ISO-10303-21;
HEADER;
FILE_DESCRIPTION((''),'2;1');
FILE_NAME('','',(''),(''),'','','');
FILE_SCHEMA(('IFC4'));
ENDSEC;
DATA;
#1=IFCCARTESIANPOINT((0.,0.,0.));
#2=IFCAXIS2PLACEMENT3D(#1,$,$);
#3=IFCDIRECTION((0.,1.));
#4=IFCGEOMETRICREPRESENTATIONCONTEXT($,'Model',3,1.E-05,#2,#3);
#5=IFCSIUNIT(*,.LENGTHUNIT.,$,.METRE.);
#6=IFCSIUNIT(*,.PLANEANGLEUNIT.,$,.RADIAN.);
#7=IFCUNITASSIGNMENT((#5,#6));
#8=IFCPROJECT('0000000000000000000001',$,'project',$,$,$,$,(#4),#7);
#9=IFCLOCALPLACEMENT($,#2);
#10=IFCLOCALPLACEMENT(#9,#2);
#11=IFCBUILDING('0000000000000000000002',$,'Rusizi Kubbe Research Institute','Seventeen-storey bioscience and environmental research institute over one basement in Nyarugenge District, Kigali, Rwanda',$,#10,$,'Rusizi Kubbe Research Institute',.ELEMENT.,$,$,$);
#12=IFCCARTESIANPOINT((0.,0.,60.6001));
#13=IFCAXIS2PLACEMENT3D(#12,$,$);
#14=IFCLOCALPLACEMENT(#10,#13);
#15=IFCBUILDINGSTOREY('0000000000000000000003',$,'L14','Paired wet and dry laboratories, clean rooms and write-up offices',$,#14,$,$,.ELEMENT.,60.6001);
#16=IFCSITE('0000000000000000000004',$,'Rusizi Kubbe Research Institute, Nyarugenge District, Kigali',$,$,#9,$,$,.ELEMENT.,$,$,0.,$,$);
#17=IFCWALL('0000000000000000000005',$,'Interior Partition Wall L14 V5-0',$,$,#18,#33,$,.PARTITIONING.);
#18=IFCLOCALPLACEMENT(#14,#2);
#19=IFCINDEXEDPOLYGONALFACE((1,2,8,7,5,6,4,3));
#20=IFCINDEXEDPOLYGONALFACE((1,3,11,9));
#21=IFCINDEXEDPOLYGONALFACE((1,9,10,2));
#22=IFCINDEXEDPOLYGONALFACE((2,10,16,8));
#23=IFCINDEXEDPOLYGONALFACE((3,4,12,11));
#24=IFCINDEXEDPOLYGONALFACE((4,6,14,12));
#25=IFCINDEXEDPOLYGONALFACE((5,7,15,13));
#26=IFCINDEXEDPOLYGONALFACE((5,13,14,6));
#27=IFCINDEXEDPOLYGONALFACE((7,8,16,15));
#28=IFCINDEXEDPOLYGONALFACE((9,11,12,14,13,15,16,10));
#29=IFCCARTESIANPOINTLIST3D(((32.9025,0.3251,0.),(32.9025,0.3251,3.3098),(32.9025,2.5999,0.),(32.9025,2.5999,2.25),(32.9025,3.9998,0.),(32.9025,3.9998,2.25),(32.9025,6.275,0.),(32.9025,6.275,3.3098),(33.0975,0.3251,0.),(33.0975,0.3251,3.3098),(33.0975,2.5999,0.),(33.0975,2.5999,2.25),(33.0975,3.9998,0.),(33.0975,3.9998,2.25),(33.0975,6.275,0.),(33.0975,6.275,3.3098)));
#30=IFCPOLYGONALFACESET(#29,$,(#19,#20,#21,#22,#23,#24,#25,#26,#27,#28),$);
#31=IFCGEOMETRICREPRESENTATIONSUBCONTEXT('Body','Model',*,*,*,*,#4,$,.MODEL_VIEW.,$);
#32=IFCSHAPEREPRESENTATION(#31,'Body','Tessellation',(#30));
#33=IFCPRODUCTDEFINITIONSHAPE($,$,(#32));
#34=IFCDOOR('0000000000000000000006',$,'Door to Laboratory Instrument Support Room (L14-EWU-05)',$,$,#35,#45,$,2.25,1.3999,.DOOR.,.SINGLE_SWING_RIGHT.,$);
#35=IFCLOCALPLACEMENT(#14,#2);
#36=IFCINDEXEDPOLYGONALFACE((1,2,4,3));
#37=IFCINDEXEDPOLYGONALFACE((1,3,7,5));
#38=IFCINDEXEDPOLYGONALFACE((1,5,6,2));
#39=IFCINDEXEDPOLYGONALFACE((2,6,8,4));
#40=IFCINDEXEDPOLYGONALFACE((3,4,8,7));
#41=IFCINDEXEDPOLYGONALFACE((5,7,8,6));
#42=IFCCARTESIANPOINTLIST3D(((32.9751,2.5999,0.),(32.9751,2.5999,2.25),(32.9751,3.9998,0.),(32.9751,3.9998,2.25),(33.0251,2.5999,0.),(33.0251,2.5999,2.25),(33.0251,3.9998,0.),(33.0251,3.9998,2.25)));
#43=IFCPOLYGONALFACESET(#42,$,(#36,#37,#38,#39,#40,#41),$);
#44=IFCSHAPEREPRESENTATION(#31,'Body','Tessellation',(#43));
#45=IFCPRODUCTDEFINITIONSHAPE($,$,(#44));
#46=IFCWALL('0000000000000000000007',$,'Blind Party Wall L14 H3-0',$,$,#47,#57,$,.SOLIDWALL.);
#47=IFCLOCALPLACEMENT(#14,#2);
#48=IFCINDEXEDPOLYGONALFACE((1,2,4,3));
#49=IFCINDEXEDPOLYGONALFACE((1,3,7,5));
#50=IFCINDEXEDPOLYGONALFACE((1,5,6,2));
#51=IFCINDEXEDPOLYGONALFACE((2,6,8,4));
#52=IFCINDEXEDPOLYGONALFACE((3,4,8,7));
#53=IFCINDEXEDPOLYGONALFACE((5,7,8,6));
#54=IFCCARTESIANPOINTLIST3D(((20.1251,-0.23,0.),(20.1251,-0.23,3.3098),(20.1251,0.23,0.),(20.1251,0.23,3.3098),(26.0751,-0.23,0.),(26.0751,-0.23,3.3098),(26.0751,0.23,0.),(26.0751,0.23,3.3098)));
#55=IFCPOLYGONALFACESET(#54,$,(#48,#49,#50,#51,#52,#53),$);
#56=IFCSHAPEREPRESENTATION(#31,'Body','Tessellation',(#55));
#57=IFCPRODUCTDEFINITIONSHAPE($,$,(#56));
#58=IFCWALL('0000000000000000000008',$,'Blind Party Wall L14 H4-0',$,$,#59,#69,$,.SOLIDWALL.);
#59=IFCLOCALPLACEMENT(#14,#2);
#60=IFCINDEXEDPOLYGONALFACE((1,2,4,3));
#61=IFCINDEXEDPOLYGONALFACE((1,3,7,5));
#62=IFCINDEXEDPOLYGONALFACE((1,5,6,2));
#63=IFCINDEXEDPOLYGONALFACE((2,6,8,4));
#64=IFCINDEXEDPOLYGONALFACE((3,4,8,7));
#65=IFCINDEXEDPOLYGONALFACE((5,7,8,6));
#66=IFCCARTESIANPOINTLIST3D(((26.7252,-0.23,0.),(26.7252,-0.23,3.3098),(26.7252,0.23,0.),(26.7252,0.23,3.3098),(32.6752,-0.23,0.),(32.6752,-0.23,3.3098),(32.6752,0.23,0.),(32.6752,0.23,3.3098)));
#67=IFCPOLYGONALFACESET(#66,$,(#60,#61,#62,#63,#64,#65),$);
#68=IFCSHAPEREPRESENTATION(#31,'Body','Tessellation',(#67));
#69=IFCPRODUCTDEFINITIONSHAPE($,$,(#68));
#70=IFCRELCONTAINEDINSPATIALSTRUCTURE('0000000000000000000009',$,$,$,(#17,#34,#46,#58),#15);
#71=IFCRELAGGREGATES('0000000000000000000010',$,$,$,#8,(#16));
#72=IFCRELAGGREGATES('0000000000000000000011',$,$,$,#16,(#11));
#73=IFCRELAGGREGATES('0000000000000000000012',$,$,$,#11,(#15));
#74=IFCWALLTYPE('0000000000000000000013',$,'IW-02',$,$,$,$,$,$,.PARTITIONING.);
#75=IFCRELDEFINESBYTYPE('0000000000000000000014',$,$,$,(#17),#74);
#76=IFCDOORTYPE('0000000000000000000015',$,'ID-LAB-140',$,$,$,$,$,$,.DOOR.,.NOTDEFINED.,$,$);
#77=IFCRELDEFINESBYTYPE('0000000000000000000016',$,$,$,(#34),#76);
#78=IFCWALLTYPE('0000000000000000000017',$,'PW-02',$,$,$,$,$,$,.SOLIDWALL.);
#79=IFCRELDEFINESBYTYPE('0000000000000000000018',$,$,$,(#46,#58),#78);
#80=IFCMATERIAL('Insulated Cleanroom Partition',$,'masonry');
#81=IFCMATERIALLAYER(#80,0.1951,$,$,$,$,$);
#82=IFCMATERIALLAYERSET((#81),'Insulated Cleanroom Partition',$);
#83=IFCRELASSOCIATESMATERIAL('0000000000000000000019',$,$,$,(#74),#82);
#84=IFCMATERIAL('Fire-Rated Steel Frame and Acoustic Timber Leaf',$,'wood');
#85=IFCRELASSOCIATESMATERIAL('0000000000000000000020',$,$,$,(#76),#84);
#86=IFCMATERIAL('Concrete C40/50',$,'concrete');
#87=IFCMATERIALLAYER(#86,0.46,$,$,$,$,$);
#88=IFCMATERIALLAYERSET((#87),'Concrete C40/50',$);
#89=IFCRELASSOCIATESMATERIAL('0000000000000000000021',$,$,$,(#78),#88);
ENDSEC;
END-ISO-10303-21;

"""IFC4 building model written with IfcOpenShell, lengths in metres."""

from ifc_helpers import new_model, si_unit, direction, frame, frame_2d, origin, place, context, subcontext, project, spatial, rectangle, extrude, material, layer, layer_set, type_object, element, fill, save


model = new_model("IFC4")

# Units and contexts
model_context = context("Model", 3, precision=1e-05, world=origin(), true_north=direction((0.0, 1.0)))
body_context = subcontext(model_context, "Body", "Model", "MODEL_VIEW")
ifc_project = project(units=[si_unit("LENGTHUNIT", "METRE"), si_unit("PLANEANGLEUNIT", "RADIAN")], contexts=[model_context])

# Site, building, storey
site_placement = place(None, origin())
site = spatial("IfcSite", under=ifc_project, at=site_placement, Name="Rusizi Kubbe Research Institute, Nyarugenge District, Kigali", CompositionType="ELEMENT", RefElevation=0.0)
building_placement = place(site_placement, origin())
building = spatial("IfcBuilding", under=site, at=building_placement, Name="Rusizi Kubbe Research Institute", Description="Seventeen-storey bioscience and environmental research institute over one basement in Nyarugenge District, Kigali, Rwanda", LongName="Rusizi Kubbe Research Institute", CompositionType="ELEMENT")
storey_placement = place(building_placement, frame((0.0, 0.0, 60.6001)))
storey = spatial("IfcBuildingStorey", under=building, at=storey_placement, Name="L14", Description="Paired wet and dry laboratories, clean rooms and write-up offices", CompositionType="ELEMENT", Elevation=60.6001)

# Shared definitions
ifc_material_1 = material(Name="Insulated Cleanroom Partition", Category="masonry")
ifc_layer_1 = layer(ifc_material_1, 0.1951)
ifc_layer_set_1 = layer_set([ifc_layer_1], Name="Insulated Cleanroom Partition")
wall_type_1 = type_object("IfcWallType", Name="IW-02", PredefinedType="PARTITIONING", material=ifc_layer_set_1)

# Wall, opening, door
wall_1_placement = place(storey_placement, frame((33.0, 0.325, 0.0), z_axis=(0.0, 0.0, 1.0), x_axis=(0.0, 1.0, 0.0)))
wall_1 = element("IfcWall", 1, at=wall_1_placement, inside=storey, type_object=wall_type_1, Name="Interior Partition Wall L14 V5-0", PredefinedType="PARTITIONING", context=body_context, shape_type="SweptSolid", body=[
    extrude(rectangle(XDim=5.95, YDim=0.1951, at=frame_2d((2.9751, 0.0))), origin(), (0.0, 0.0, 1.0), 3.3098),
])
opening_1_placement = place(wall_1_placement, frame((2.2749, 0.0, 0.0)))
opening_1 = element("IfcOpeningElement", 2, at=opening_1_placement, cuts=wall_1, PredefinedType="OPENING", context=body_context, shape_type="SweptSolid", body=[
    extrude(rectangle(XDim=1.3999, YDim=2.25, at=frame_2d((0.7, 1.125))), frame((0.0, 0.1074, 0.0), z_axis=(0.0, -1.0, 0.0), x_axis=(1.0, 0.0, 0.0)), (0.0, 0.0, 1.0), 0.2151),
])
ifc_material_2 = material(Name="Fire-Rated Steel Frame and Acoustic Timber Leaf", Category="wood")
door_type_1 = type_object("IfcDoorType", Name="ID-LAB-140", OperationType="NOTDEFINED", PredefinedType="DOOR", material=ifc_material_2)
door_1_placement = place(opening_1_placement, origin())
door_1 = element("IfcDoor", 3, at=door_1_placement, inside=storey, type_object=door_type_1, Name="Door to Laboratory Instrument Support Room (L14-EWU-05)", OperationType="SINGLE_SWING_RIGHT", OverallHeight=2.25, OverallWidth=1.3999, PredefinedType="DOOR", context=body_context, shape_type="SweptSolid", body=[
    extrude(rectangle(XDim=1.3999, YDim=2.25, at=frame_2d((0.7, 1.125))), frame((0.0, 0.0249, 0.0), z_axis=(0.0, -1.0, 0.0), x_axis=(1.0, 0.0, 0.0)), (0.0, 0.0, 1.0), 0.05),
])
fill(opening_1, door_1)

# Walls
ifc_material_3 = material(Name="Concrete C40/50", Category="concrete")
ifc_layer_2 = layer(ifc_material_3, 0.46)
ifc_layer_set_2 = layer_set([ifc_layer_2], Name="Concrete C40/50")
wall_type_2 = type_object("IfcWallType", Name="PW-02", PredefinedType="SOLIDWALL", material=ifc_layer_set_2)
for number, where, z_axis, x_axis, name in (
    (4, (20.125, 0.0, 0.0), (0.0, 0.0, 1.0), (1.0, 0.0, 0.0), "Blind Party Wall L14 H3-0"),
    (5, (26.7251, 0.0, 0.0), (0.0, 0.0, 1.0), (1.0, 0.0, 0.0), "Blind Party Wall L14 H4-0"),
):
    element("IfcWall", number, at=place(storey_placement, frame(where, z_axis=z_axis, x_axis=x_axis)), inside=storey, type_object=wall_type_2, Name=name, PredefinedType="SOLIDWALL", context=body_context, shape_type="SweptSolid", body=[
        extrude(rectangle(XDim=5.95, YDim=0.46, at=frame_2d((2.9751, 0.0))), origin(), (0.0, 0.0, 1.0), 3.3098),
    ])

save(model, "model.ifc")
